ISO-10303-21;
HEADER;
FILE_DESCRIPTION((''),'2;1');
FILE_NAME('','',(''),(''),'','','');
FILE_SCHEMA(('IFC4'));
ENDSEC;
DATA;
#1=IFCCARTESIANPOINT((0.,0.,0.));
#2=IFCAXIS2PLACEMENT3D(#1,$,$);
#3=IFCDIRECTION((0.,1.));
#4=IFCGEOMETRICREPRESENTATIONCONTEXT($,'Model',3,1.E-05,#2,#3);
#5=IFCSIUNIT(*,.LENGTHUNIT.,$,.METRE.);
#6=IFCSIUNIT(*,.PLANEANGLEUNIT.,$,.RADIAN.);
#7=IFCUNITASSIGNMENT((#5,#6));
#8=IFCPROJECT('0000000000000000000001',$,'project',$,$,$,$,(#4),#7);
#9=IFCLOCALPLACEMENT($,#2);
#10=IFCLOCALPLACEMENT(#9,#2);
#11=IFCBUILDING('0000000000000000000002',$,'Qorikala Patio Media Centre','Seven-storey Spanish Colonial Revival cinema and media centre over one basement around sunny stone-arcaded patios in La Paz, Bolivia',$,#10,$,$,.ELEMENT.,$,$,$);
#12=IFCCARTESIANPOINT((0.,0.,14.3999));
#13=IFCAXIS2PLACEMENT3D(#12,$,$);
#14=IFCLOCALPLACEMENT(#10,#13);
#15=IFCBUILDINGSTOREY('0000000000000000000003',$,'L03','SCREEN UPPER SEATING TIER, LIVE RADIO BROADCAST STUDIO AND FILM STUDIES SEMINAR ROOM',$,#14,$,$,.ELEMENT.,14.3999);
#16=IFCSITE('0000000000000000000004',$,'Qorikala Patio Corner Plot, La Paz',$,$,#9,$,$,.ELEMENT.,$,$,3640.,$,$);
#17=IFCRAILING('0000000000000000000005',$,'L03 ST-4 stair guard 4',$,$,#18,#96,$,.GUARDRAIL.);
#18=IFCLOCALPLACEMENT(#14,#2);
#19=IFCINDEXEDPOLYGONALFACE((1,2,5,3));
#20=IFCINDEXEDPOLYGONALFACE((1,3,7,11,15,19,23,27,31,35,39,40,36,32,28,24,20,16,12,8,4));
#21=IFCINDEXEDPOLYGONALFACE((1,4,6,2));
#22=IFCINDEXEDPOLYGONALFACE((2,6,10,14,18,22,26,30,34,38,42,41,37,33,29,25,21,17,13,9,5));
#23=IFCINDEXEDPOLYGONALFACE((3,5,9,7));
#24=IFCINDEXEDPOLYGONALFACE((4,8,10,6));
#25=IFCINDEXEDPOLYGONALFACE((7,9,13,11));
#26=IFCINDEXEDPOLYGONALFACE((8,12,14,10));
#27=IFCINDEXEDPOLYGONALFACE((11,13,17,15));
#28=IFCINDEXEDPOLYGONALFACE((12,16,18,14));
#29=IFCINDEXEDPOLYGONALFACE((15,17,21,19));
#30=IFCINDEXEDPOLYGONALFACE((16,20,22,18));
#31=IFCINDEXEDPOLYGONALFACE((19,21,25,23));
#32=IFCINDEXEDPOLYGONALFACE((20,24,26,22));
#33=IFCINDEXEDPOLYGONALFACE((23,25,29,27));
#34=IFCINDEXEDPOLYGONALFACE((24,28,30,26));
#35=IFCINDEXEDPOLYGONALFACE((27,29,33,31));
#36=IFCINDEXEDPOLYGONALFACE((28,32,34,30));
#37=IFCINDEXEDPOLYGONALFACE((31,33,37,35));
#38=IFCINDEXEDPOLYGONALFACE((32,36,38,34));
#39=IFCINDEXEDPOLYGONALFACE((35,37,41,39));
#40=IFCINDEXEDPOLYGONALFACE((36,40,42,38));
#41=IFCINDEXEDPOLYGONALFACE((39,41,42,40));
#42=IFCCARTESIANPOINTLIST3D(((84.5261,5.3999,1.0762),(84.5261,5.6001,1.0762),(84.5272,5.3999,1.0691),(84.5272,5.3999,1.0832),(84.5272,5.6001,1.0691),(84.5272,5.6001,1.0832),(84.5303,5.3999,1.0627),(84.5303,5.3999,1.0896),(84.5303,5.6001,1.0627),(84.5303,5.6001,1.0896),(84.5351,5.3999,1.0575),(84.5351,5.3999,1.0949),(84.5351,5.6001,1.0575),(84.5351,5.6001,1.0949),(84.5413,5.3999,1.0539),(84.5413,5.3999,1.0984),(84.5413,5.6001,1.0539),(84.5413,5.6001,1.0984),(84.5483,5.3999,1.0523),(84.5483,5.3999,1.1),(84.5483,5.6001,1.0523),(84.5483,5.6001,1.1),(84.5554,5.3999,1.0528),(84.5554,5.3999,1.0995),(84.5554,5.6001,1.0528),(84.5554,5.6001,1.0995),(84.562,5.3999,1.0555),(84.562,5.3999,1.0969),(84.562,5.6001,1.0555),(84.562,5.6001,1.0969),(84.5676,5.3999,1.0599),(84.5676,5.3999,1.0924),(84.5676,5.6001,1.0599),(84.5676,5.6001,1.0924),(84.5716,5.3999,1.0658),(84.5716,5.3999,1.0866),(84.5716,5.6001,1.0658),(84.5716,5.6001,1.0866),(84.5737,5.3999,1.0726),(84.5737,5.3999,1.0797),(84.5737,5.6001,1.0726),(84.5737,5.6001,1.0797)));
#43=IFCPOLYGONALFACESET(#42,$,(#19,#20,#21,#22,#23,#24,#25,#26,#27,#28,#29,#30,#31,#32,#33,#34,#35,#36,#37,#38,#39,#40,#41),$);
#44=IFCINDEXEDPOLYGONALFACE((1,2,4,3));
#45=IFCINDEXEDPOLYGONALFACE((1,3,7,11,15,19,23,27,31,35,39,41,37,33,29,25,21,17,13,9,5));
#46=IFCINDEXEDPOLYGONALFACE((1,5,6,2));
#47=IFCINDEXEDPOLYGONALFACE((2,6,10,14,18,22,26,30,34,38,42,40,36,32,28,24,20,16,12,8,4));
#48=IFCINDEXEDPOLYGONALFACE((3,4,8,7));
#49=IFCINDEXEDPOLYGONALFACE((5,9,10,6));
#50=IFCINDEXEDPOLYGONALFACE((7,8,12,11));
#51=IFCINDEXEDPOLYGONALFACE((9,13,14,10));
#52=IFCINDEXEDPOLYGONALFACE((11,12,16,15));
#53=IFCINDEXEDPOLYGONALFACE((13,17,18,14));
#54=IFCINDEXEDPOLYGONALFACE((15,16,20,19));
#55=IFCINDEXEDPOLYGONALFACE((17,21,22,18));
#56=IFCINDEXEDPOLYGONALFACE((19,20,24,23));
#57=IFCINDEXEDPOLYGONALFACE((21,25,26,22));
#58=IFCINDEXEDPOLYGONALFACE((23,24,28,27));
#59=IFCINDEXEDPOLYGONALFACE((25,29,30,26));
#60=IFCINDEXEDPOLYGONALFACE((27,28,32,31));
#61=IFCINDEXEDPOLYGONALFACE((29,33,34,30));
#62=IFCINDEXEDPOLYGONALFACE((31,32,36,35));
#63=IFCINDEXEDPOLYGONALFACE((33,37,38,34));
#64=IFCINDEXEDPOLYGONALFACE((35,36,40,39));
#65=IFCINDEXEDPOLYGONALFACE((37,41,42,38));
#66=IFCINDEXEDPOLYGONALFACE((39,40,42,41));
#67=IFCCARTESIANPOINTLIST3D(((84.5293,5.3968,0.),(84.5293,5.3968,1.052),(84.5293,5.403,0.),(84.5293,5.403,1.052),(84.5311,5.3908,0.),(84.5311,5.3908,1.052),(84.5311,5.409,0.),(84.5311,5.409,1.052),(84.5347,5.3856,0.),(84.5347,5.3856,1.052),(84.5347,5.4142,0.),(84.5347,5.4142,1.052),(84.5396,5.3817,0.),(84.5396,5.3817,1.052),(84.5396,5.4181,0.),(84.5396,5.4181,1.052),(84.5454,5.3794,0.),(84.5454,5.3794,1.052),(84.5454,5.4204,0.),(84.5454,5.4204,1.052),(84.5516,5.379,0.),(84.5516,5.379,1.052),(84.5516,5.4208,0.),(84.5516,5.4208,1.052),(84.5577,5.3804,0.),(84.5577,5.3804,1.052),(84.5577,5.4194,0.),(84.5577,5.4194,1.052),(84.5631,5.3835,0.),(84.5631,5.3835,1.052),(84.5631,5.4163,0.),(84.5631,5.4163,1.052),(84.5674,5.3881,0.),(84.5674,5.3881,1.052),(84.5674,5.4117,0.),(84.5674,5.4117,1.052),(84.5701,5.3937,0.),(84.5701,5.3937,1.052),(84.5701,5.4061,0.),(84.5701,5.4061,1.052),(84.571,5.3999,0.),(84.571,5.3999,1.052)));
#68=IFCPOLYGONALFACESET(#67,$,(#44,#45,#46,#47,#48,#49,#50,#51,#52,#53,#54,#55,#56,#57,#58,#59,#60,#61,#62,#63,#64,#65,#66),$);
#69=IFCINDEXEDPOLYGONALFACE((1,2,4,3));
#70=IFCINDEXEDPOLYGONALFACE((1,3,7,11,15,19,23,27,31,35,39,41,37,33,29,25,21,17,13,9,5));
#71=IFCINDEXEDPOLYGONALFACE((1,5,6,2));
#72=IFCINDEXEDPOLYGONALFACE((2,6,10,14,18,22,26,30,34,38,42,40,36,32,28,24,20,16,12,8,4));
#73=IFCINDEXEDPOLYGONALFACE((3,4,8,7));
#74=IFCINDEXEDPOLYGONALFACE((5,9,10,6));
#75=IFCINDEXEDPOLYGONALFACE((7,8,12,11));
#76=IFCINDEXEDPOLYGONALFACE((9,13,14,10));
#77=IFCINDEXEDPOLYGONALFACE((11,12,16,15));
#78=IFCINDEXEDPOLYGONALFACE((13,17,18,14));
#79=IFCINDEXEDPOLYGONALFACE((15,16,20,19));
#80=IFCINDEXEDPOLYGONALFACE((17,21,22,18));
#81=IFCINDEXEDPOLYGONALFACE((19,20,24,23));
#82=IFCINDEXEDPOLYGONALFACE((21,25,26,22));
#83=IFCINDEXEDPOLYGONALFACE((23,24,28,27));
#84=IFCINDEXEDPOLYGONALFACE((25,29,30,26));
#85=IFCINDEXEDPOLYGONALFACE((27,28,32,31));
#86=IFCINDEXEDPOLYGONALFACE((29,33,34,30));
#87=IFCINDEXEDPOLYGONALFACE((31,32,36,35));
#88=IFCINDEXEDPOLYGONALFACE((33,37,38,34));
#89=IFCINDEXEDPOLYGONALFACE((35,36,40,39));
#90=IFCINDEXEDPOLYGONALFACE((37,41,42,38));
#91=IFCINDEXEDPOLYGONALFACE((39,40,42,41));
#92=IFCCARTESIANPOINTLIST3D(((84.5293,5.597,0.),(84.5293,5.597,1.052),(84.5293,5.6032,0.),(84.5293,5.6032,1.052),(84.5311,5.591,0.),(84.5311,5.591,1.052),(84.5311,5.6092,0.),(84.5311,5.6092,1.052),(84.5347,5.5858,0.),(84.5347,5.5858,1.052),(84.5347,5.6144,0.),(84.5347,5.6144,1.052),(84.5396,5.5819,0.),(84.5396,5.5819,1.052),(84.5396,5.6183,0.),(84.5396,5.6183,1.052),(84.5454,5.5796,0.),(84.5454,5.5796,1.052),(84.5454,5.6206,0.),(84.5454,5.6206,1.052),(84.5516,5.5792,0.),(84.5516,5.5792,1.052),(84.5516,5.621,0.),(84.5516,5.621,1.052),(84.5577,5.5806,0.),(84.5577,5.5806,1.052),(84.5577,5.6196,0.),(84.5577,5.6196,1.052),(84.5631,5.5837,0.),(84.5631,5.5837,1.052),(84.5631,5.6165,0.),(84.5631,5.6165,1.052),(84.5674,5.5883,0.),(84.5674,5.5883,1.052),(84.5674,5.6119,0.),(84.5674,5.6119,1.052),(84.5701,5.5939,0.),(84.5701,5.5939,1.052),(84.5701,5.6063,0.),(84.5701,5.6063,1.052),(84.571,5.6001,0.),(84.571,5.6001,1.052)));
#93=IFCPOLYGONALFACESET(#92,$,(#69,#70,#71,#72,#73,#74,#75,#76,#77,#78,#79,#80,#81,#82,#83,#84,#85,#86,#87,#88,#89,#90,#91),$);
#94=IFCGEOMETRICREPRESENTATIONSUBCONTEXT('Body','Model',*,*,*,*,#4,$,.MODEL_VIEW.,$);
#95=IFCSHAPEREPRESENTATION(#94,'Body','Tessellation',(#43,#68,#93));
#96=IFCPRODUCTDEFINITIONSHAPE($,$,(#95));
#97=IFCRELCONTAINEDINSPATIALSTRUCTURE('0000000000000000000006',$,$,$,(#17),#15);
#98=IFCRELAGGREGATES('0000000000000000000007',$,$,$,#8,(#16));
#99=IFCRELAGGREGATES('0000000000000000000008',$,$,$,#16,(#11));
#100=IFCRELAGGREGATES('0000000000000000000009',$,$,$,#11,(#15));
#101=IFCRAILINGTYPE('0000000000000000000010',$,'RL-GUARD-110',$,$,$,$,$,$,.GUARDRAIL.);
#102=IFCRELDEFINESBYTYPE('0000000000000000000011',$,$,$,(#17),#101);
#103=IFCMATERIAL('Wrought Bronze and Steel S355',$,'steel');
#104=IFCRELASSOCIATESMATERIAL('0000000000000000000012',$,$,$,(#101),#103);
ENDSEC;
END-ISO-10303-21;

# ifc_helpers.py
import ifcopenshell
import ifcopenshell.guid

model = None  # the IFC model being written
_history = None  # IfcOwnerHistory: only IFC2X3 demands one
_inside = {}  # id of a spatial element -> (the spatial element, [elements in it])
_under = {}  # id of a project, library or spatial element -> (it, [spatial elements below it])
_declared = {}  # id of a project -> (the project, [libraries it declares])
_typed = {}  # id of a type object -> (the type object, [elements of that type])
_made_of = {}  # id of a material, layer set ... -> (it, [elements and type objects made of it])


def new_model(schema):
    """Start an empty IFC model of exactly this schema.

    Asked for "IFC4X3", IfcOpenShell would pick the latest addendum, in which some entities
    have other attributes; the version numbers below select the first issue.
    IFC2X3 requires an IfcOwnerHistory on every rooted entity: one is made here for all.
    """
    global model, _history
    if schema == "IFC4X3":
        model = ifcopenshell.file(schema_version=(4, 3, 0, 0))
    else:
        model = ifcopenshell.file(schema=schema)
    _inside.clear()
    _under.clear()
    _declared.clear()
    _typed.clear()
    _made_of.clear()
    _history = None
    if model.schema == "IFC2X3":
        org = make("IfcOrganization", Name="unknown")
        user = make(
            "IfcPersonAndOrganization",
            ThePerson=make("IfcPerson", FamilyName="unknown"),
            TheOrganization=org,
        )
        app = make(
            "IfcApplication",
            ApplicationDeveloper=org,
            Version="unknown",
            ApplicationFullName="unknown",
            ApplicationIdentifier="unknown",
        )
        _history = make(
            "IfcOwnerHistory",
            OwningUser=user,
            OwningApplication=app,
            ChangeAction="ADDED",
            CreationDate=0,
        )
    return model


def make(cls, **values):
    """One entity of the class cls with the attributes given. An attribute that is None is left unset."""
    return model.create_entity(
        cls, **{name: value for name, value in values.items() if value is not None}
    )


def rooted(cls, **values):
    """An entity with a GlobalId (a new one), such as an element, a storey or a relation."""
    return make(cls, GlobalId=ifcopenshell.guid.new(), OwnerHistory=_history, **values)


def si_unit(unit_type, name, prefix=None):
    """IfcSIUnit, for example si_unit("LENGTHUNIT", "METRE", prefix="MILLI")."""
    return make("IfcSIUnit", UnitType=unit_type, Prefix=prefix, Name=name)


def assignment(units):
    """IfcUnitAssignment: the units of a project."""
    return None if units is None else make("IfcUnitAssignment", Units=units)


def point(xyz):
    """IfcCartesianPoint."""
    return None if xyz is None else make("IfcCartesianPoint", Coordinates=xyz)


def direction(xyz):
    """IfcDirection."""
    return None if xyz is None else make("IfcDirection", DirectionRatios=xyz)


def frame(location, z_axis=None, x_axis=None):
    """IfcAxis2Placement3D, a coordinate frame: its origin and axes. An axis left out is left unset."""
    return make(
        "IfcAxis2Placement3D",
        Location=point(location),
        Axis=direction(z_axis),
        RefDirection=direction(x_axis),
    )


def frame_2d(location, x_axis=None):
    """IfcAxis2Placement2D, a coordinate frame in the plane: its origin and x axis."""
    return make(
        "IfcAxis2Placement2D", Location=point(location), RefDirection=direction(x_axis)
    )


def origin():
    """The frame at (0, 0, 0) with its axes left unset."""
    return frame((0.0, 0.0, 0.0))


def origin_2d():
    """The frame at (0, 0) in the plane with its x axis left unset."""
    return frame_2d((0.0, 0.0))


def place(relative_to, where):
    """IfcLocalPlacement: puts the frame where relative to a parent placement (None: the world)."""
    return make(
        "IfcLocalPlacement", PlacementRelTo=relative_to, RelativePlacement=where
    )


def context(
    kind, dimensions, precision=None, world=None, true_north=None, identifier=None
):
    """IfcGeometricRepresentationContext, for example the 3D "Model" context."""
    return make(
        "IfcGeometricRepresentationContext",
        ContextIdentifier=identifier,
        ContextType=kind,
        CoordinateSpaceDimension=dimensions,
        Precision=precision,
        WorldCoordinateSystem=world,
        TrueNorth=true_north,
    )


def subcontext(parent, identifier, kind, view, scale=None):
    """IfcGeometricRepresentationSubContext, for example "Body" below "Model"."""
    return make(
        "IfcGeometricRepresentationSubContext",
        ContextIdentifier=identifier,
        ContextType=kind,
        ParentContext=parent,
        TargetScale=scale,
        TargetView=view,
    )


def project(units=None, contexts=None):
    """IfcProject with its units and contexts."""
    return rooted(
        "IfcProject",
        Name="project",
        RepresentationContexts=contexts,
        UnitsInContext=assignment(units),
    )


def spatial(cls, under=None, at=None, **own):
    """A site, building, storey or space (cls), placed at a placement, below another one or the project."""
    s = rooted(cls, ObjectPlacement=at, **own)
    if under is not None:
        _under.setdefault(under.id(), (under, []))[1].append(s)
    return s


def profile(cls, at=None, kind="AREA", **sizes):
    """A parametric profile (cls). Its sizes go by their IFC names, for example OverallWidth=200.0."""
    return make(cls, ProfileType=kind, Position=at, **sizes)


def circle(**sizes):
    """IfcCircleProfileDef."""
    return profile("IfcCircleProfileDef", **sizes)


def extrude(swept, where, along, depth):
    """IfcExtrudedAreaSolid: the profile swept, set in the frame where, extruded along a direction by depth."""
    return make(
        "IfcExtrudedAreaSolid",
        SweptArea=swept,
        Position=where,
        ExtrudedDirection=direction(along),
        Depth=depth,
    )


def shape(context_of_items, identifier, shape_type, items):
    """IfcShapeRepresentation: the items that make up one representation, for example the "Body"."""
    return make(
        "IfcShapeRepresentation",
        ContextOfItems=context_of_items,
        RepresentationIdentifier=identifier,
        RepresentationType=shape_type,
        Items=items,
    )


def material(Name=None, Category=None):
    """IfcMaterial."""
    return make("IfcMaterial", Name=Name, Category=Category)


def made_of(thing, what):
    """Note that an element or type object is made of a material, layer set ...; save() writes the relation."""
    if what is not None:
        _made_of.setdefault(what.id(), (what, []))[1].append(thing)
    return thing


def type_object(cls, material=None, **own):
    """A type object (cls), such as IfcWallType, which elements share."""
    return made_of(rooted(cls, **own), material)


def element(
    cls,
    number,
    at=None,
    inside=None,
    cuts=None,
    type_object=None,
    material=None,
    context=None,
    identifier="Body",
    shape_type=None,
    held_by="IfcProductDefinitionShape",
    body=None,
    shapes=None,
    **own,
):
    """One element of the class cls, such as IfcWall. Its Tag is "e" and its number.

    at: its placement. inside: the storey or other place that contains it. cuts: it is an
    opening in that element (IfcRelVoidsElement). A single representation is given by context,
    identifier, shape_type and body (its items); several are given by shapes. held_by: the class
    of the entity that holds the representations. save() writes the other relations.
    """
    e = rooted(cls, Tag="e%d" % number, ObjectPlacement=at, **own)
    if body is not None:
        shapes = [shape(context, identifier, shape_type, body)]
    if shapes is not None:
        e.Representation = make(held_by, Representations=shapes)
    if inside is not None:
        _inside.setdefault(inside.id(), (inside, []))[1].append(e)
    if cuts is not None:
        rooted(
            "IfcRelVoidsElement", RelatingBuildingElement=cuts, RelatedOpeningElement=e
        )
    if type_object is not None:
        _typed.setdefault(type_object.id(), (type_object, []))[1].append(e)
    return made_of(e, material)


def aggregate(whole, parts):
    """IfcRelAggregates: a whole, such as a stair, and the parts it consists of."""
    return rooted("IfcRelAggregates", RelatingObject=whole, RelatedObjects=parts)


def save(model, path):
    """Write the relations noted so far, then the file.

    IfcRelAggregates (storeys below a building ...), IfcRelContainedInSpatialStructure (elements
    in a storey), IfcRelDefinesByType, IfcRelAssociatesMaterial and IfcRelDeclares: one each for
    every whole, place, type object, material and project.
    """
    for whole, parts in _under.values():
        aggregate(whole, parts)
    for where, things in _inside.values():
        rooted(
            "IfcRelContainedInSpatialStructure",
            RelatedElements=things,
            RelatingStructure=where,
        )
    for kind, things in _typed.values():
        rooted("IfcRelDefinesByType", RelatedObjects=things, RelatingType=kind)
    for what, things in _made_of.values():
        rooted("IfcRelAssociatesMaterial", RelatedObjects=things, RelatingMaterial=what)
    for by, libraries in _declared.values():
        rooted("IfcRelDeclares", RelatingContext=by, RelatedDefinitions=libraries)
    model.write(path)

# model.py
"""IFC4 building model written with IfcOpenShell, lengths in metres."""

from ifc_helpers import new_model, si_unit, direction, frame, origin, origin_2d, place, context, subcontext, project, spatial, circle, extrude, material, type_object, element, save


model = new_model("IFC4")

# Units and contexts
model_context = context("Model", 3, precision=1e-05, world=origin(), true_north=direction((0.0, 1.0)))
body_context = subcontext(model_context, "Body", "Model", "MODEL_VIEW")
ifc_project = project(units=[si_unit("LENGTHUNIT", "METRE"), si_unit("PLANEANGLEUNIT", "RADIAN")], contexts=[model_context])

# Site, building, storey
site_placement = place(None, origin())
site = spatial("IfcSite", under=ifc_project, at=site_placement, Name="Qorikala Patio Corner Plot, La Paz", CompositionType="ELEMENT", RefElevation=3640.0)
building_placement = place(site_placement, origin())
building = spatial("IfcBuilding", under=site, at=building_placement, Name="Qorikala Patio Media Centre", Description="Seven-storey Spanish Colonial Revival cinema and media centre over one basement around sunny stone-arcaded patios in La Paz, Bolivia", CompositionType="ELEMENT")
storey_placement = place(building_placement, frame((0.0, 0.0, 14.3999)))
storey = spatial("IfcBuildingStorey", under=building, at=storey_placement, Name="L03", Description="SCREEN UPPER SEATING TIER, LIVE RADIO BROADCAST STUDIO AND FILM STUDIES SEMINAR ROOM", CompositionType="ELEMENT", Elevation=14.3999)

# Railing
ifc_material_1 = material(Name="Wrought Bronze and Steel S355", Category="steel")
railing_type_1 = type_object("IfcRailingType", Name="RL-GUARD-110", PredefinedType="GUARDRAIL", material=ifc_material_1)
railing_1_placement = place(storey_placement, frame((84.55, 5.3999, 0.0)))
element("IfcRailing", 1, at=railing_1_placement, inside=storey, type_object=railing_type_1, Name="L03 ST-4 stair guard 4", PredefinedType="GUARDRAIL", context=body_context, shape_type="SweptSolid", body=[
    extrude(circle(Radius=0.0239, at=origin_2d()), frame((0.0, 0.0, 1.0762), z_axis=(0.0, 1.0, 0.0), x_axis=(-1.0, 0.0, 0.0)), (0.0, 0.0, 1.0), 0.2002),
    extrude(circle(Radius=0.021, at=origin_2d()), origin(), (0.0, 0.0, 1.0), 1.052),
    extrude(circle(Radius=0.021, at=origin_2d()), frame((0.0, 0.2002, 0.0)), (0.0, 0.0, 1.0), 1.052),
])

save(model, "model.ifc")
